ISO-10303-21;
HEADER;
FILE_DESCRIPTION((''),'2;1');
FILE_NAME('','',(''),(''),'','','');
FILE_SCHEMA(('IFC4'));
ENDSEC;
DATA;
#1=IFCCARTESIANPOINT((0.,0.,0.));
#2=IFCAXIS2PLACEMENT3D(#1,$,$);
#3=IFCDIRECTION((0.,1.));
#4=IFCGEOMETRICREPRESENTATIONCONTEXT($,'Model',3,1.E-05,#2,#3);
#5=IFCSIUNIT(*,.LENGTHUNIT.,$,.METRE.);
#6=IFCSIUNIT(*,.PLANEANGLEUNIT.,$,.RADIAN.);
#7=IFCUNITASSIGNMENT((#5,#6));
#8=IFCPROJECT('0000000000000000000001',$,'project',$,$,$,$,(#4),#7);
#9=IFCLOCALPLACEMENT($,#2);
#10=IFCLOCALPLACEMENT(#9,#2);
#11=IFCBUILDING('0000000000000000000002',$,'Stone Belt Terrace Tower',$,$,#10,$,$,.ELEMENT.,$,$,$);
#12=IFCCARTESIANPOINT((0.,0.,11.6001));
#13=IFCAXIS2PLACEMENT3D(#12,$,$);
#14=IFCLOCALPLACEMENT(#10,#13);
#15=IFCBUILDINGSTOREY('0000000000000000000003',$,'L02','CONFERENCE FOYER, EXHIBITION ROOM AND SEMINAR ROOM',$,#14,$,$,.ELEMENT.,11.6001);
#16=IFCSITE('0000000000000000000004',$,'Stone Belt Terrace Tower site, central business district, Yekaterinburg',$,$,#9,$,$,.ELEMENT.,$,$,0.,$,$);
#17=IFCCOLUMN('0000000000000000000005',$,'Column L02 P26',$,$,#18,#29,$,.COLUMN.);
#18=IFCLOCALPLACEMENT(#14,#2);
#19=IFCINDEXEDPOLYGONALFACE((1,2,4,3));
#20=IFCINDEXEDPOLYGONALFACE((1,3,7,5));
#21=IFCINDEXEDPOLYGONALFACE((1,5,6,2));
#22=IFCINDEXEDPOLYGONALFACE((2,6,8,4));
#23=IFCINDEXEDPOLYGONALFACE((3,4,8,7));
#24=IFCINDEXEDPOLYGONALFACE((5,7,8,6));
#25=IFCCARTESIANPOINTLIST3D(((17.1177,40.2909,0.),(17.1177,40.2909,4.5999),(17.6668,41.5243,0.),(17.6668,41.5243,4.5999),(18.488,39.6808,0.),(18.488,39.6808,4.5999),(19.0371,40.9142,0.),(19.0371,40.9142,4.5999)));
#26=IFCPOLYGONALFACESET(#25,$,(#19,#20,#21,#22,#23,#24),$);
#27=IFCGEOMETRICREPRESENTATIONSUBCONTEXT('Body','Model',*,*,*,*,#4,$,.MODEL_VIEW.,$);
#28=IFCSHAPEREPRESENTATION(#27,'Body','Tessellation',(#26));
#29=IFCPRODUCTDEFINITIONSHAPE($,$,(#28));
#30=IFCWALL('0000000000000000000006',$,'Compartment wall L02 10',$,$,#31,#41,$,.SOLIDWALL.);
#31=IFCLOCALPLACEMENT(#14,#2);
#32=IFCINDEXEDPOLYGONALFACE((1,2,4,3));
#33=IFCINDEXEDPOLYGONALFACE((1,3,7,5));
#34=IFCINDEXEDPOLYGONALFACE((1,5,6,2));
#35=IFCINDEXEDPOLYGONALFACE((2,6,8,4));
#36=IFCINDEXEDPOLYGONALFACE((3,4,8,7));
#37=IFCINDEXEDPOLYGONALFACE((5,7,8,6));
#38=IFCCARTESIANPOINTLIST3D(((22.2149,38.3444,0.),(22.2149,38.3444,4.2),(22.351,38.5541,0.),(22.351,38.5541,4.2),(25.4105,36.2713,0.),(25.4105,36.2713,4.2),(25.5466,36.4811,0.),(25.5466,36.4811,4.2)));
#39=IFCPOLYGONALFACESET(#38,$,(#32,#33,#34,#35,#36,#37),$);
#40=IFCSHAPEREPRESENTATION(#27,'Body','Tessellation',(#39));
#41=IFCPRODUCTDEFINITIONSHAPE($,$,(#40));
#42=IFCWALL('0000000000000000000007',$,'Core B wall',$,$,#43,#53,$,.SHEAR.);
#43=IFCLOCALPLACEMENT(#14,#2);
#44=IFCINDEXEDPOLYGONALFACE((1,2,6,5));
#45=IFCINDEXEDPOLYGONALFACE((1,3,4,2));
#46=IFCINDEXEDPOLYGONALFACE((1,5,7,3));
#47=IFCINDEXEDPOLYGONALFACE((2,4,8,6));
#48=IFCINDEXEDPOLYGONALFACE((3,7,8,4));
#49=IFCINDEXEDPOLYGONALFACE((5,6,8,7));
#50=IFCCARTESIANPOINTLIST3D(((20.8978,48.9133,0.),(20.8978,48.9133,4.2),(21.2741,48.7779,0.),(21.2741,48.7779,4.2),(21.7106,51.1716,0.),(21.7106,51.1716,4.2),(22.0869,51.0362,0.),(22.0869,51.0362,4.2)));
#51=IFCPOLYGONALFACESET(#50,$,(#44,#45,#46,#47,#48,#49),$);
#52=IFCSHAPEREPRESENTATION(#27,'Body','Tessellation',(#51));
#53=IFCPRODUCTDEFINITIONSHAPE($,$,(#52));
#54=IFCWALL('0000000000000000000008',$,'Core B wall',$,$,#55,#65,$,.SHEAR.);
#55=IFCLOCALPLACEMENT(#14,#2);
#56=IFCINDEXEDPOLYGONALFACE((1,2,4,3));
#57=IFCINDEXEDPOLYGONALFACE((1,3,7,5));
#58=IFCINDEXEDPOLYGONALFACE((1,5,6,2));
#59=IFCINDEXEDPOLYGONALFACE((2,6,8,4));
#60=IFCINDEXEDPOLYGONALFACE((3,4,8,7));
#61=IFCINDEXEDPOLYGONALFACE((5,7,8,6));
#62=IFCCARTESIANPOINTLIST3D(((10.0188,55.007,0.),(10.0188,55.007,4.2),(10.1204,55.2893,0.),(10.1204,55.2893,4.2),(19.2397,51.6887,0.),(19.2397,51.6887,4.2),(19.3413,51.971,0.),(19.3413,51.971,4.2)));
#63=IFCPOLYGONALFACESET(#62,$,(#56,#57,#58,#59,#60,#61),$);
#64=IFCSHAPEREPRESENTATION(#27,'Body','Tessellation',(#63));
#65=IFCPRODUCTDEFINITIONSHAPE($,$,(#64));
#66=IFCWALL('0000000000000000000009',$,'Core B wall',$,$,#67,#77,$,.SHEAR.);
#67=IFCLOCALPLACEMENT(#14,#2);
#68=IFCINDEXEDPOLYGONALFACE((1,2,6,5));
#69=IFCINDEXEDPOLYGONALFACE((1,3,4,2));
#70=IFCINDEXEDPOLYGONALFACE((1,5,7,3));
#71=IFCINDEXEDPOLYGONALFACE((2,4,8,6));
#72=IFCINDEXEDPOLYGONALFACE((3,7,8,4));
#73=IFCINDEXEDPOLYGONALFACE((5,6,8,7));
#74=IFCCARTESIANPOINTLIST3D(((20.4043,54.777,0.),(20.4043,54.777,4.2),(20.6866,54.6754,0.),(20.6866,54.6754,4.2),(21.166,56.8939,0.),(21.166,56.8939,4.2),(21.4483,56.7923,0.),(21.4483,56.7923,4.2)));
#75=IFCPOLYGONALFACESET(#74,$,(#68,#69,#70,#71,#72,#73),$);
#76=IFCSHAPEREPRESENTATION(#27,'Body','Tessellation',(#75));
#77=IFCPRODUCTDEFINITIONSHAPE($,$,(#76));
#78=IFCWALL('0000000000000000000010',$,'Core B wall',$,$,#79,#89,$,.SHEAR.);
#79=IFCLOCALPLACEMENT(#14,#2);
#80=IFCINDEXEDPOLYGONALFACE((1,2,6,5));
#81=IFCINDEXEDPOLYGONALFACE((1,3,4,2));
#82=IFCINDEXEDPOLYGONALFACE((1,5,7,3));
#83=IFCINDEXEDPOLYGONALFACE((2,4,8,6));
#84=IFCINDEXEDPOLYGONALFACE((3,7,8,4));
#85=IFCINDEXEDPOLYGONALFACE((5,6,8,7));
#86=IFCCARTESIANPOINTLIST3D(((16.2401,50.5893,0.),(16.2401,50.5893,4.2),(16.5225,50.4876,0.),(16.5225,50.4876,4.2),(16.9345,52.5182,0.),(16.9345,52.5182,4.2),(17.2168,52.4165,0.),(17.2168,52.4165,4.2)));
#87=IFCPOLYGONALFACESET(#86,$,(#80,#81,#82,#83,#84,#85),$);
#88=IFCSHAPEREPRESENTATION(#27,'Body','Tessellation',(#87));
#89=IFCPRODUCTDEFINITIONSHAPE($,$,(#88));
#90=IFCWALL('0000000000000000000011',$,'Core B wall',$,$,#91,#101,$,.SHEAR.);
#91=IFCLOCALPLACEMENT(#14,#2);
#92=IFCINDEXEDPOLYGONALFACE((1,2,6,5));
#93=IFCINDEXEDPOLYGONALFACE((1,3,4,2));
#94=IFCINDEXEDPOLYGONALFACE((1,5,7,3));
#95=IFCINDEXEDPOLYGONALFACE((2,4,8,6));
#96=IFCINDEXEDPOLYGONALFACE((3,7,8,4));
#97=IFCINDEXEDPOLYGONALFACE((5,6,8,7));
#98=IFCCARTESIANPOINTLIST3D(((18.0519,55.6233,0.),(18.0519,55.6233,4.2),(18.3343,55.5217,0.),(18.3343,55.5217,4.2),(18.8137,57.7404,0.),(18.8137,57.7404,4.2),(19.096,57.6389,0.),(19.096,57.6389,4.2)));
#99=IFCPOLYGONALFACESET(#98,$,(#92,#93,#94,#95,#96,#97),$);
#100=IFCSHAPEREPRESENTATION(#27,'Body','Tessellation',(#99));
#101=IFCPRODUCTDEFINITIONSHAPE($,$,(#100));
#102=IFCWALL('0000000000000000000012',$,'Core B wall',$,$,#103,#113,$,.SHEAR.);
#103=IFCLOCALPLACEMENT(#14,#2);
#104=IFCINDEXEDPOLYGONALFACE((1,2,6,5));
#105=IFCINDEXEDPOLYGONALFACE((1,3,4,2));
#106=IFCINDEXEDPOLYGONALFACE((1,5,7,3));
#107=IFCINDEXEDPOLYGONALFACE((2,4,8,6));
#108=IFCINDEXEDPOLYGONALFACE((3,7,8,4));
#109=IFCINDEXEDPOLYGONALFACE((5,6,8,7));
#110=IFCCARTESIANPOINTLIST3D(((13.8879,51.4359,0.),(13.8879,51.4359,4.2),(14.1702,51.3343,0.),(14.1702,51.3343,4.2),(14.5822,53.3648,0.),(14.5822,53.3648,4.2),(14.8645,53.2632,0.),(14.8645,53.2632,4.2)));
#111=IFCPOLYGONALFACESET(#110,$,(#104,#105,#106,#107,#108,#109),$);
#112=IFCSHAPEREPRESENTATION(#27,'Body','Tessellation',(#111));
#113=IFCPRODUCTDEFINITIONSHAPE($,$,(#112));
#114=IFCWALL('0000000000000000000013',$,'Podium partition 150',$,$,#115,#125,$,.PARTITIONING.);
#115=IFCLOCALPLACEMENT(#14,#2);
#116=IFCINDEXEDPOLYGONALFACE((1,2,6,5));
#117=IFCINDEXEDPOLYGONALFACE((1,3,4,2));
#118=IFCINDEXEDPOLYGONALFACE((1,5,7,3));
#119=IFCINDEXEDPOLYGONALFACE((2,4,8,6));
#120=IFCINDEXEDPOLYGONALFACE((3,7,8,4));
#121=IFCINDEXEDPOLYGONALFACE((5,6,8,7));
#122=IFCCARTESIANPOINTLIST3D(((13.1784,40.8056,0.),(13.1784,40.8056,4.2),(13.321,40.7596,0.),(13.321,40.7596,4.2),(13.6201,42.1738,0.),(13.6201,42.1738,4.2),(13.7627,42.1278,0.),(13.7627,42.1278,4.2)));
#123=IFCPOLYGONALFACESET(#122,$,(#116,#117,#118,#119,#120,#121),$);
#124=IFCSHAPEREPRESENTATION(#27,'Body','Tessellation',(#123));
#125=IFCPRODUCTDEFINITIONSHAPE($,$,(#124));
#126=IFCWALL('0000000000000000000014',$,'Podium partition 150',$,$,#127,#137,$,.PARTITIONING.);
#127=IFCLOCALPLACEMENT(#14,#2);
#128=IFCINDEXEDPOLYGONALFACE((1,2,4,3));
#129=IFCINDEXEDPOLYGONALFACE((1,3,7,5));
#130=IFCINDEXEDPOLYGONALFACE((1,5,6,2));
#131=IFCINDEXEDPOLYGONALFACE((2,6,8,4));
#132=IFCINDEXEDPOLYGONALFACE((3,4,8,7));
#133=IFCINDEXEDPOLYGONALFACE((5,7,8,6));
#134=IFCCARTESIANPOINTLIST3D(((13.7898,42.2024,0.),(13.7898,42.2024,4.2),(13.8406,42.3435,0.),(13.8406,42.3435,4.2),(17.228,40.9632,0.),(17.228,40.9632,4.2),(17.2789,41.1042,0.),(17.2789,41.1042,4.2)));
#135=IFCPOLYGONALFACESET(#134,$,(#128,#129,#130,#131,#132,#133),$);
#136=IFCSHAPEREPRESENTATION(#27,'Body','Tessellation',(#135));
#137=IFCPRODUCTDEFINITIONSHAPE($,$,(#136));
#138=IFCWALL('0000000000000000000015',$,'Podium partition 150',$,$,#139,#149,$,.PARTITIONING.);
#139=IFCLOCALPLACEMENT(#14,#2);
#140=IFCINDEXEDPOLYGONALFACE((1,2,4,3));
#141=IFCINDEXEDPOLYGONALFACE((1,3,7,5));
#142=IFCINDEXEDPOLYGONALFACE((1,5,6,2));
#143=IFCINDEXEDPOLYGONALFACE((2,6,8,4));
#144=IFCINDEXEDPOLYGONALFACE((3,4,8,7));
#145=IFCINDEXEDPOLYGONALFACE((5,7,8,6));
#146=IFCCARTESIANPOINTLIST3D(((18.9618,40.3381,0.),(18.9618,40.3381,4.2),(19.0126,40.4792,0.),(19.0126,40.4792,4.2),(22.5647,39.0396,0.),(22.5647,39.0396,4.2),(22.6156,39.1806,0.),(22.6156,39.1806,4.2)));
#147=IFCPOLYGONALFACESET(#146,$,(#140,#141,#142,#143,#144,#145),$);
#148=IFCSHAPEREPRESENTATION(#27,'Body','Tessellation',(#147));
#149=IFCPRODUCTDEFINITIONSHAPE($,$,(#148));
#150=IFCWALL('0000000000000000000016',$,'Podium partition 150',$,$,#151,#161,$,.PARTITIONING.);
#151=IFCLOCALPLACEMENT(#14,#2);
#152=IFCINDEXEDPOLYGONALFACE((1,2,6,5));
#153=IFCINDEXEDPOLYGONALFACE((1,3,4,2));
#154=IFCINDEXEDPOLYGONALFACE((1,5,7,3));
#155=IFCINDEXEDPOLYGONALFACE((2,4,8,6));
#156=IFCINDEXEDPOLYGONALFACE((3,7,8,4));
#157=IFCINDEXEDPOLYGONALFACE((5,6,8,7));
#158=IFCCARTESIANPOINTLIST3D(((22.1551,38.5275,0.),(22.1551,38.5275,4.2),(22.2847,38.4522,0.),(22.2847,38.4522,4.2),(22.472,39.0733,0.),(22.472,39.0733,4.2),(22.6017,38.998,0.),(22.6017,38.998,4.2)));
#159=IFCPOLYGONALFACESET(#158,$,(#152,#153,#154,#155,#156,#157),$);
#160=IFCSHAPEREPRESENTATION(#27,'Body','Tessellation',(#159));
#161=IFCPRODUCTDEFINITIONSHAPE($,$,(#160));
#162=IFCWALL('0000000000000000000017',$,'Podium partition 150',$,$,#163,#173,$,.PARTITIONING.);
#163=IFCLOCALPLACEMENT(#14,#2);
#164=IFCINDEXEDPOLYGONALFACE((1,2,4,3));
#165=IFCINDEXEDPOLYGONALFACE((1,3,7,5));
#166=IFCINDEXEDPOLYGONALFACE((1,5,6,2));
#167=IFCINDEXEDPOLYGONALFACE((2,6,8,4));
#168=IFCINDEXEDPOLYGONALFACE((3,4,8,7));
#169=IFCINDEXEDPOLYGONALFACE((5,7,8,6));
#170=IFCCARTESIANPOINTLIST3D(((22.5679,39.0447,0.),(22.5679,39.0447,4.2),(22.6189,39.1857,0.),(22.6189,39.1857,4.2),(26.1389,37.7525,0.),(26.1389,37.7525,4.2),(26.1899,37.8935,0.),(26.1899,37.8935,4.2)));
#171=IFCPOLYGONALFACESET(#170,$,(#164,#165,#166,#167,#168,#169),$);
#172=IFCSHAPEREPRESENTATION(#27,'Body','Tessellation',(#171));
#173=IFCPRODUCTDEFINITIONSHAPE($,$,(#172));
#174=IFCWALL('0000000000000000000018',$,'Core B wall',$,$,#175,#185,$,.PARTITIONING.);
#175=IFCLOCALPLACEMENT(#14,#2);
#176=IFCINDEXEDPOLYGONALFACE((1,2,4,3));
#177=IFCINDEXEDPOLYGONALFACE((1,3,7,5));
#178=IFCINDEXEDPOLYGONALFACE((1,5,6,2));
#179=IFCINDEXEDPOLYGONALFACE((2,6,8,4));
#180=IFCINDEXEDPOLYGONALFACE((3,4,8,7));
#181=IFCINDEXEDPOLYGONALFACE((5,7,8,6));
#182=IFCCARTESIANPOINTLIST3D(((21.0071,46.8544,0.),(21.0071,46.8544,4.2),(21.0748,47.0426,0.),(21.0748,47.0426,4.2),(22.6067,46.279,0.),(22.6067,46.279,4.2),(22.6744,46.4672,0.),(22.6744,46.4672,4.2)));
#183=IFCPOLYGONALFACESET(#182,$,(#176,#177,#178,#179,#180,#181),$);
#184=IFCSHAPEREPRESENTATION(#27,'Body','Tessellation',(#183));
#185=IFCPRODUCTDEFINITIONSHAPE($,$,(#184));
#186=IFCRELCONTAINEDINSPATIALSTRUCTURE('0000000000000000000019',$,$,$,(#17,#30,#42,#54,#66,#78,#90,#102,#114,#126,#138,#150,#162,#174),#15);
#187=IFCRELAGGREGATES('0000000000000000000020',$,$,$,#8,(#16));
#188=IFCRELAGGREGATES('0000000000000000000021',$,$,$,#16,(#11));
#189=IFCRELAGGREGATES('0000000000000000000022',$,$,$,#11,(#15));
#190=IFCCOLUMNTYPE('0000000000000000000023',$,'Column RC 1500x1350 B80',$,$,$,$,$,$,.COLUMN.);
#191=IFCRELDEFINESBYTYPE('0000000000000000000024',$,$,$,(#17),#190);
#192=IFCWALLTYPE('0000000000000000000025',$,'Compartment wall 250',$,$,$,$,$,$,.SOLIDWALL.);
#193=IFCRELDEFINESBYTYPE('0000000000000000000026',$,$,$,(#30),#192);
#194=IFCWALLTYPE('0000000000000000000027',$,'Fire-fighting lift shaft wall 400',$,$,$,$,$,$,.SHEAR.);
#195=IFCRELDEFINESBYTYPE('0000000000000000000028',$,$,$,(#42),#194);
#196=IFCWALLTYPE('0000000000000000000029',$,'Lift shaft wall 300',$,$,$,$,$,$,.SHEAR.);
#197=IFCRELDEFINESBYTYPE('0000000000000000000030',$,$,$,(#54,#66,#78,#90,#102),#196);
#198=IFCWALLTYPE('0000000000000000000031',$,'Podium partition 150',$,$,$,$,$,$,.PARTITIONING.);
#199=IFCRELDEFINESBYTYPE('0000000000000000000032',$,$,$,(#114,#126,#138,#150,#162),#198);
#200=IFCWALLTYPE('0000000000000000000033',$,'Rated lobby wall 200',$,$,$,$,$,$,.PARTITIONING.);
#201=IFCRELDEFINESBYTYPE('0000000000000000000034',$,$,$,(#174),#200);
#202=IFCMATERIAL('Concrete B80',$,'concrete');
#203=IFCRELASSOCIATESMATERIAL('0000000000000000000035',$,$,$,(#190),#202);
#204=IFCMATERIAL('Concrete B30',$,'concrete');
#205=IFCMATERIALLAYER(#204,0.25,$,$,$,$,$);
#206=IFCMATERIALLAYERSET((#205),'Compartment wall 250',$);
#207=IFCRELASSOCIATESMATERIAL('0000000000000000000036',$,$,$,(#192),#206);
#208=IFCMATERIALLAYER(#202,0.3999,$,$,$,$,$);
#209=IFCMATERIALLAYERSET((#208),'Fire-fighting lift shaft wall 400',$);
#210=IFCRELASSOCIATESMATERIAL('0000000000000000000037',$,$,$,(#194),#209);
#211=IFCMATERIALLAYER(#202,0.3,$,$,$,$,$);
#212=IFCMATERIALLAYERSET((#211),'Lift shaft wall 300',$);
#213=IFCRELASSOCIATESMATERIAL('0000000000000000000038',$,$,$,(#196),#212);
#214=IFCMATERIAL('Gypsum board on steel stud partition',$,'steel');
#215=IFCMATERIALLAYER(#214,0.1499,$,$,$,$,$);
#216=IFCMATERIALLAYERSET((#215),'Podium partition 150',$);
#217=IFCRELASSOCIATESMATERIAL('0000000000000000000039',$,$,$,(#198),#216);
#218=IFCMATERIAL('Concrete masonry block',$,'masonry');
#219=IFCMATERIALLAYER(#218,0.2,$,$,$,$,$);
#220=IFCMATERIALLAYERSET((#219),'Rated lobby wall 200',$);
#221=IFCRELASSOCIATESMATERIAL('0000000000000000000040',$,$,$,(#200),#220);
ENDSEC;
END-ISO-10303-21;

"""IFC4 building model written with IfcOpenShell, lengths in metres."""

from ifc_helpers import new_model, si_unit, direction, frame, frame_2d, origin, origin_2d, place, context, subcontext, project, spatial, rectangle, extrude, material, layer, layer_set, material_profile, profile_set, type_object, element, save


model = new_model("IFC4")

# Units and contexts
model_context = context("Model", 3, precision=1e-05, world=origin(), true_north=direction((0.0, 1.0)))
body_context = subcontext(model_context, "Body", "Model", "MODEL_VIEW")
ifc_project = project(units=[si_unit("LENGTHUNIT", "METRE"), si_unit("PLANEANGLEUNIT", "RADIAN")], contexts=[model_context])

# Site, building, storey
site_placement = place(None, origin())
site = spatial("IfcSite", under=ifc_project, at=site_placement, Name="Stone Belt Terrace Tower site, central business district, Yekaterinburg", CompositionType="ELEMENT", RefElevation=0.0)
building_placement = place(site_placement, origin())
building = spatial("IfcBuilding", under=site, at=building_placement, Name="Stone Belt Terrace Tower", CompositionType="ELEMENT")
storey_placement = place(building_placement, frame((0.0, 0.0, 11.6001)))
storey = spatial("IfcBuildingStorey", under=building, at=storey_placement, Name="L02", Description="CONFERENCE FOYER, EXHIBITION ROOM AND SEMINAR ROOM", CompositionType="ELEMENT", Elevation=11.6001)

# Column
ifc_material_1 = material(Name="Concrete B80", Category="concrete")
ifc_material_profile = material_profile(ifc_material_1, rectangle(XDim=1.5, YDim=1.3501, at=origin_2d()), Name="RC 1500x1350")
ifc_profile_set = profile_set([ifc_material_profile], Name="Concrete B80")
column_type = type_object("IfcColumnType", Name="Column RC 1500x1350 B80", PredefinedType="COLUMN", material=ifc_profile_set)
column_placement = place(storey_placement, frame((18.0774, 40.6025, 0.0), z_axis=(0.0, 0.0, 1.0), x_axis=(0.913545, -0.406737, 0.0)))
element("IfcColumn", 1, at=column_placement, inside=storey, type_object=column_type, Name="Column L02 P26", PredefinedType="COLUMN", context=body_context, shape_type="SweptSolid", body=[
    extrude(rectangle(XDim=1.5, YDim=1.3501, at=origin_2d()), origin(), (0.0, 0.0, 1.0), 4.5999),
])

# Walls
ifc_material_2 = material(Name="Concrete B30", Category="concrete")
ifc_layer_1 = layer(ifc_material_2, 0.25)
ifc_layer_set_1 = layer_set([ifc_layer_1], Name="Compartment wall 250")
wall_type_1 = type_object("IfcWallType", Name="Compartment wall 250", PredefinedType="SOLIDWALL", material=ifc_layer_set_1)
wall_1_placement = place(storey_placement, frame((22.283, 38.4492, 0.0), z_axis=(0.0, 0.0, 1.0), x_axis=(0.838937, -0.544229, 0.0)))
element("IfcWall", 2, at=wall_1_placement, inside=storey, type_object=wall_type_1, Name="Compartment wall L02 10", PredefinedType="SOLIDWALL", context=body_context, shape_type="SweptSolid", body=[
    extrude(rectangle(XDim=3.8091, YDim=0.25, at=frame_2d((1.9045, 0.0))), origin(), (0.0, 0.0, 1.0), 4.2),
])
ifc_layer_2 = layer(ifc_material_1, 0.3999)
ifc_layer_set_2 = layer_set([ifc_layer_2], Name="Fire-fighting lift shaft wall 400")
wall_type_2 = type_object("IfcWallType", Name="Fire-fighting lift shaft wall 400", PredefinedType="SHEAR", material=ifc_layer_set_2)
wall_2_placement = place(storey_placement, frame((21.0859, 48.8455, 0.0), z_axis=(0.0, 0.0, 1.0), x_axis=(0.338629, 0.94092, 0.0)))
element("IfcWall", 3, at=wall_2_placement, inside=storey, type_object=wall_type_2, Name="Core B wall", PredefinedType="SHEAR", context=body_context, shape_type="SweptSolid", body=[
    extrude(rectangle(XDim=2.4001, YDim=0.3999, at=frame_2d((1.2002, 0.0))), origin(), (0.0, 0.0, 1.0), 4.2),
])
ifc_layer_3 = layer(ifc_material_1, 0.3)
ifc_layer_set_3 = layer_set([ifc_layer_3], Name="Lift shaft wall 300")
wall_type_3 = type_object("IfcWallType", Name="Lift shaft wall 300", PredefinedType="SHEAR", material=ifc_layer_set_3)
wall_3_placement = place(storey_placement, frame((19.2905, 51.8298, 0.0), z_axis=(0.0, 0.0, 1.0), x_axis=(-0.940926, 0.338613, 0.0)))
element("IfcWall", 4, at=wall_3_placement, inside=storey, type_object=wall_type_3, Name="Core B wall", PredefinedType="SHEAR", context=body_context, shape_type="SweptSolid", body=[
    extrude(rectangle(XDim=9.7998, YDim=0.3, at=frame_2d((4.8999, 0.0))), origin(), (0.0, 0.0, 1.0), 4.2),
])
wall_4_placement = place(storey_placement, frame((20.5454, 54.7261, 0.0), z_axis=(0.0, 0.0, 1.0), x_axis=(0.33857, 0.940941, 0.0)))
element("IfcWall", 5, at=wall_4_placement, inside=storey, type_object=wall_type_3, Name="Core B wall", PredefinedType="SHEAR", context=body_context, shape_type="SweptSolid", body=[
    extrude(rectangle(XDim=2.2498, YDim=0.3, at=frame_2d((1.125, 0.0))), origin(), (0.0, 0.0, 1.0), 4.2),
])
wall_5_placement = place(storey_placement, frame((16.3813, 50.5386, 0.0), z_axis=(0.0, 0.0, 1.0), x_axis=(0.338682, 0.940901, 0.0)))
element("IfcWall", 6, at=wall_5_placement, inside=storey, type_object=wall_type_3, Name="Core B wall", PredefinedType="SHEAR", context=body_context, shape_type="SweptSolid", body=[
    extrude(rectangle(XDim=2.05, YDim=0.3, at=frame_2d((1.0249, 0.0))), origin(), (0.0, 0.0, 1.0), 4.2),
])
wall_6_placement = place(storey_placement, frame((18.1931, 55.5725, 0.0), z_axis=(0.0, 0.0, 1.0), x_axis=(0.338535, 0.940954, 0.0)))
element("IfcWall", 7, at=wall_6_placement, inside=storey, type_object=wall_type_3, Name="Core B wall", PredefinedType="SHEAR", context=body_context, shape_type="SweptSolid", body=[
    extrude(rectangle(XDim=2.25, YDim=0.3, at=frame_2d((1.125, 0.0))), origin(), (0.0, 0.0, 1.0), 4.2),
])
wall_7_placement = place(storey_placement, frame((14.0291, 51.3853, 0.0), z_axis=(0.0, 0.0, 1.0), x_axis=(0.338682, 0.940901, 0.0)))
element("IfcWall", 8, at=wall_7_placement, inside=storey, type_object=wall_type_3, Name="Core B wall", PredefinedType="SHEAR", context=body_context, shape_type="SweptSolid", body=[
    extrude(rectangle(XDim=2.05, YDim=0.3, at=frame_2d((1.0249, 0.0))), origin(), (0.0, 0.0, 1.0), 4.2),
])
ifc_material_3 = material(Name="Gypsum board on steel stud partition", Category="steel")
ifc_layer_4 = layer(ifc_material_3, 0.1499)
ifc_layer_set_4 = layer_set([ifc_layer_4], Name="Podium partition 150")
wall_type_4 = type_object("IfcWallType", Name="Podium partition 150", PredefinedType="PARTITIONING", material=ifc_layer_set_4)
wall_8_placement = place(storey_placement, frame((13.2498, 40.7827, 0.0), z_axis=(0.0, 0.0, 1.0), x_axis=(0.307196, 0.951646, 0.0)))
element("IfcWall", 9, at=wall_8_placement, inside=storey, type_object=wall_type_4, Name="Podium partition 150", PredefinedType="PARTITIONING", context=body_context, shape_type="SweptSolid", body=[
    extrude(rectangle(XDim=1.4377, YDim=0.1499, at=frame_2d((0.7188, 0.0))), origin(), (0.0, 0.0, 1.0), 4.2),
])
wall_9_placement = place(storey_placement, frame((13.8152, 42.2729, 0.0), z_axis=(0.0, 0.0, 1.0), x_axis=(0.940757, -0.339081, 0.0)))
element("IfcWall", 10, at=wall_9_placement, inside=storey, type_object=wall_type_4, Name="Podium partition 150", PredefinedType="PARTITIONING", context=body_context, shape_type="SweptSolid", body=[
    extrude(rectangle(XDim=3.6548, YDim=0.1499, at=frame_2d((1.8274, 0.0))), origin(), (0.0, 0.0, 1.0), 4.2),
])
wall_10_placement = place(storey_placement, frame((18.9871, 40.4087, 0.0), z_axis=(0.0, 0.0, 1.0), x_axis=(0.940763, -0.339065, 0.0)))
element("IfcWall", 11, at=wall_10_placement, inside=storey, type_object=wall_type_4, Name="Podium partition 150", PredefinedType="PARTITIONING", context=body_context, shape_type="SweptSolid", body=[
    extrude(rectangle(XDim=3.8298, YDim=0.1499, at=frame_2d((1.915, 0.0))), origin(), (0.0, 0.0, 1.0), 4.2),
])
wall_11_placement = place(storey_placement, frame((22.22, 38.49, 0.0), z_axis=(0.0, 0.0, 1.0), x_axis=(0.50221, 0.864746, 0.0)))
element("IfcWall", 12, at=wall_11_placement, inside=storey, type_object=wall_type_4, Name="Podium partition 150", PredefinedType="PARTITIONING", context=body_context, shape_type="SweptSolid", body=[
    extrude(rectangle(XDim=0.6311, YDim=0.1499, at=frame_2d((0.3154, 0.0))), origin(), (0.0, 0.0, 1.0), 4.2),
])
wall_12_placement = place(storey_placement, frame((22.5933, 39.1152, 0.0), z_axis=(0.0, 0.0, 1.0), x_axis=(0.940327, -0.340272, 0.0)))
element("IfcWall", 13, at=wall_12_placement, inside=storey, type_object=wall_type_4, Name="Podium partition 150", PredefinedType="PARTITIONING", context=body_context, shape_type="SweptSolid", body=[
    extrude(rectangle(XDim=3.7976, YDim=0.1499, at=frame_2d((1.8989, 0.0))), origin(), (0.0, 0.0, 1.0), 4.2),
])
ifc_material_4 = material(Name="Concrete masonry block", Category="masonry")
ifc_layer_5 = layer(ifc_material_4, 0.2)
ifc_layer_set_5 = layer_set([ifc_layer_5], Name="Rated lobby wall 200")
wall_type_5 = type_object("IfcWallType", Name="Rated lobby wall 200", PredefinedType="PARTITIONING", material=ifc_layer_set_5)
wall_13_placement = place(storey_placement, frame((22.6406, 46.373, 0.0), z_axis=(0.0, 0.0, 1.0), x_axis=(-0.940966, 0.338501, 0.0)))
element("IfcWall", 14, at=wall_13_placement, inside=storey, type_object=wall_type_5, Name="Core B wall", PredefinedType="PARTITIONING", context=body_context, shape_type="SweptSolid", body=[
    extrude(rectangle(XDim=1.7, YDim=0.2, at=frame_2d((0.8501, 0.0))), origin(), (0.0, 0.0, 1.0), 4.2),
])

save(model, "model.ifc")
